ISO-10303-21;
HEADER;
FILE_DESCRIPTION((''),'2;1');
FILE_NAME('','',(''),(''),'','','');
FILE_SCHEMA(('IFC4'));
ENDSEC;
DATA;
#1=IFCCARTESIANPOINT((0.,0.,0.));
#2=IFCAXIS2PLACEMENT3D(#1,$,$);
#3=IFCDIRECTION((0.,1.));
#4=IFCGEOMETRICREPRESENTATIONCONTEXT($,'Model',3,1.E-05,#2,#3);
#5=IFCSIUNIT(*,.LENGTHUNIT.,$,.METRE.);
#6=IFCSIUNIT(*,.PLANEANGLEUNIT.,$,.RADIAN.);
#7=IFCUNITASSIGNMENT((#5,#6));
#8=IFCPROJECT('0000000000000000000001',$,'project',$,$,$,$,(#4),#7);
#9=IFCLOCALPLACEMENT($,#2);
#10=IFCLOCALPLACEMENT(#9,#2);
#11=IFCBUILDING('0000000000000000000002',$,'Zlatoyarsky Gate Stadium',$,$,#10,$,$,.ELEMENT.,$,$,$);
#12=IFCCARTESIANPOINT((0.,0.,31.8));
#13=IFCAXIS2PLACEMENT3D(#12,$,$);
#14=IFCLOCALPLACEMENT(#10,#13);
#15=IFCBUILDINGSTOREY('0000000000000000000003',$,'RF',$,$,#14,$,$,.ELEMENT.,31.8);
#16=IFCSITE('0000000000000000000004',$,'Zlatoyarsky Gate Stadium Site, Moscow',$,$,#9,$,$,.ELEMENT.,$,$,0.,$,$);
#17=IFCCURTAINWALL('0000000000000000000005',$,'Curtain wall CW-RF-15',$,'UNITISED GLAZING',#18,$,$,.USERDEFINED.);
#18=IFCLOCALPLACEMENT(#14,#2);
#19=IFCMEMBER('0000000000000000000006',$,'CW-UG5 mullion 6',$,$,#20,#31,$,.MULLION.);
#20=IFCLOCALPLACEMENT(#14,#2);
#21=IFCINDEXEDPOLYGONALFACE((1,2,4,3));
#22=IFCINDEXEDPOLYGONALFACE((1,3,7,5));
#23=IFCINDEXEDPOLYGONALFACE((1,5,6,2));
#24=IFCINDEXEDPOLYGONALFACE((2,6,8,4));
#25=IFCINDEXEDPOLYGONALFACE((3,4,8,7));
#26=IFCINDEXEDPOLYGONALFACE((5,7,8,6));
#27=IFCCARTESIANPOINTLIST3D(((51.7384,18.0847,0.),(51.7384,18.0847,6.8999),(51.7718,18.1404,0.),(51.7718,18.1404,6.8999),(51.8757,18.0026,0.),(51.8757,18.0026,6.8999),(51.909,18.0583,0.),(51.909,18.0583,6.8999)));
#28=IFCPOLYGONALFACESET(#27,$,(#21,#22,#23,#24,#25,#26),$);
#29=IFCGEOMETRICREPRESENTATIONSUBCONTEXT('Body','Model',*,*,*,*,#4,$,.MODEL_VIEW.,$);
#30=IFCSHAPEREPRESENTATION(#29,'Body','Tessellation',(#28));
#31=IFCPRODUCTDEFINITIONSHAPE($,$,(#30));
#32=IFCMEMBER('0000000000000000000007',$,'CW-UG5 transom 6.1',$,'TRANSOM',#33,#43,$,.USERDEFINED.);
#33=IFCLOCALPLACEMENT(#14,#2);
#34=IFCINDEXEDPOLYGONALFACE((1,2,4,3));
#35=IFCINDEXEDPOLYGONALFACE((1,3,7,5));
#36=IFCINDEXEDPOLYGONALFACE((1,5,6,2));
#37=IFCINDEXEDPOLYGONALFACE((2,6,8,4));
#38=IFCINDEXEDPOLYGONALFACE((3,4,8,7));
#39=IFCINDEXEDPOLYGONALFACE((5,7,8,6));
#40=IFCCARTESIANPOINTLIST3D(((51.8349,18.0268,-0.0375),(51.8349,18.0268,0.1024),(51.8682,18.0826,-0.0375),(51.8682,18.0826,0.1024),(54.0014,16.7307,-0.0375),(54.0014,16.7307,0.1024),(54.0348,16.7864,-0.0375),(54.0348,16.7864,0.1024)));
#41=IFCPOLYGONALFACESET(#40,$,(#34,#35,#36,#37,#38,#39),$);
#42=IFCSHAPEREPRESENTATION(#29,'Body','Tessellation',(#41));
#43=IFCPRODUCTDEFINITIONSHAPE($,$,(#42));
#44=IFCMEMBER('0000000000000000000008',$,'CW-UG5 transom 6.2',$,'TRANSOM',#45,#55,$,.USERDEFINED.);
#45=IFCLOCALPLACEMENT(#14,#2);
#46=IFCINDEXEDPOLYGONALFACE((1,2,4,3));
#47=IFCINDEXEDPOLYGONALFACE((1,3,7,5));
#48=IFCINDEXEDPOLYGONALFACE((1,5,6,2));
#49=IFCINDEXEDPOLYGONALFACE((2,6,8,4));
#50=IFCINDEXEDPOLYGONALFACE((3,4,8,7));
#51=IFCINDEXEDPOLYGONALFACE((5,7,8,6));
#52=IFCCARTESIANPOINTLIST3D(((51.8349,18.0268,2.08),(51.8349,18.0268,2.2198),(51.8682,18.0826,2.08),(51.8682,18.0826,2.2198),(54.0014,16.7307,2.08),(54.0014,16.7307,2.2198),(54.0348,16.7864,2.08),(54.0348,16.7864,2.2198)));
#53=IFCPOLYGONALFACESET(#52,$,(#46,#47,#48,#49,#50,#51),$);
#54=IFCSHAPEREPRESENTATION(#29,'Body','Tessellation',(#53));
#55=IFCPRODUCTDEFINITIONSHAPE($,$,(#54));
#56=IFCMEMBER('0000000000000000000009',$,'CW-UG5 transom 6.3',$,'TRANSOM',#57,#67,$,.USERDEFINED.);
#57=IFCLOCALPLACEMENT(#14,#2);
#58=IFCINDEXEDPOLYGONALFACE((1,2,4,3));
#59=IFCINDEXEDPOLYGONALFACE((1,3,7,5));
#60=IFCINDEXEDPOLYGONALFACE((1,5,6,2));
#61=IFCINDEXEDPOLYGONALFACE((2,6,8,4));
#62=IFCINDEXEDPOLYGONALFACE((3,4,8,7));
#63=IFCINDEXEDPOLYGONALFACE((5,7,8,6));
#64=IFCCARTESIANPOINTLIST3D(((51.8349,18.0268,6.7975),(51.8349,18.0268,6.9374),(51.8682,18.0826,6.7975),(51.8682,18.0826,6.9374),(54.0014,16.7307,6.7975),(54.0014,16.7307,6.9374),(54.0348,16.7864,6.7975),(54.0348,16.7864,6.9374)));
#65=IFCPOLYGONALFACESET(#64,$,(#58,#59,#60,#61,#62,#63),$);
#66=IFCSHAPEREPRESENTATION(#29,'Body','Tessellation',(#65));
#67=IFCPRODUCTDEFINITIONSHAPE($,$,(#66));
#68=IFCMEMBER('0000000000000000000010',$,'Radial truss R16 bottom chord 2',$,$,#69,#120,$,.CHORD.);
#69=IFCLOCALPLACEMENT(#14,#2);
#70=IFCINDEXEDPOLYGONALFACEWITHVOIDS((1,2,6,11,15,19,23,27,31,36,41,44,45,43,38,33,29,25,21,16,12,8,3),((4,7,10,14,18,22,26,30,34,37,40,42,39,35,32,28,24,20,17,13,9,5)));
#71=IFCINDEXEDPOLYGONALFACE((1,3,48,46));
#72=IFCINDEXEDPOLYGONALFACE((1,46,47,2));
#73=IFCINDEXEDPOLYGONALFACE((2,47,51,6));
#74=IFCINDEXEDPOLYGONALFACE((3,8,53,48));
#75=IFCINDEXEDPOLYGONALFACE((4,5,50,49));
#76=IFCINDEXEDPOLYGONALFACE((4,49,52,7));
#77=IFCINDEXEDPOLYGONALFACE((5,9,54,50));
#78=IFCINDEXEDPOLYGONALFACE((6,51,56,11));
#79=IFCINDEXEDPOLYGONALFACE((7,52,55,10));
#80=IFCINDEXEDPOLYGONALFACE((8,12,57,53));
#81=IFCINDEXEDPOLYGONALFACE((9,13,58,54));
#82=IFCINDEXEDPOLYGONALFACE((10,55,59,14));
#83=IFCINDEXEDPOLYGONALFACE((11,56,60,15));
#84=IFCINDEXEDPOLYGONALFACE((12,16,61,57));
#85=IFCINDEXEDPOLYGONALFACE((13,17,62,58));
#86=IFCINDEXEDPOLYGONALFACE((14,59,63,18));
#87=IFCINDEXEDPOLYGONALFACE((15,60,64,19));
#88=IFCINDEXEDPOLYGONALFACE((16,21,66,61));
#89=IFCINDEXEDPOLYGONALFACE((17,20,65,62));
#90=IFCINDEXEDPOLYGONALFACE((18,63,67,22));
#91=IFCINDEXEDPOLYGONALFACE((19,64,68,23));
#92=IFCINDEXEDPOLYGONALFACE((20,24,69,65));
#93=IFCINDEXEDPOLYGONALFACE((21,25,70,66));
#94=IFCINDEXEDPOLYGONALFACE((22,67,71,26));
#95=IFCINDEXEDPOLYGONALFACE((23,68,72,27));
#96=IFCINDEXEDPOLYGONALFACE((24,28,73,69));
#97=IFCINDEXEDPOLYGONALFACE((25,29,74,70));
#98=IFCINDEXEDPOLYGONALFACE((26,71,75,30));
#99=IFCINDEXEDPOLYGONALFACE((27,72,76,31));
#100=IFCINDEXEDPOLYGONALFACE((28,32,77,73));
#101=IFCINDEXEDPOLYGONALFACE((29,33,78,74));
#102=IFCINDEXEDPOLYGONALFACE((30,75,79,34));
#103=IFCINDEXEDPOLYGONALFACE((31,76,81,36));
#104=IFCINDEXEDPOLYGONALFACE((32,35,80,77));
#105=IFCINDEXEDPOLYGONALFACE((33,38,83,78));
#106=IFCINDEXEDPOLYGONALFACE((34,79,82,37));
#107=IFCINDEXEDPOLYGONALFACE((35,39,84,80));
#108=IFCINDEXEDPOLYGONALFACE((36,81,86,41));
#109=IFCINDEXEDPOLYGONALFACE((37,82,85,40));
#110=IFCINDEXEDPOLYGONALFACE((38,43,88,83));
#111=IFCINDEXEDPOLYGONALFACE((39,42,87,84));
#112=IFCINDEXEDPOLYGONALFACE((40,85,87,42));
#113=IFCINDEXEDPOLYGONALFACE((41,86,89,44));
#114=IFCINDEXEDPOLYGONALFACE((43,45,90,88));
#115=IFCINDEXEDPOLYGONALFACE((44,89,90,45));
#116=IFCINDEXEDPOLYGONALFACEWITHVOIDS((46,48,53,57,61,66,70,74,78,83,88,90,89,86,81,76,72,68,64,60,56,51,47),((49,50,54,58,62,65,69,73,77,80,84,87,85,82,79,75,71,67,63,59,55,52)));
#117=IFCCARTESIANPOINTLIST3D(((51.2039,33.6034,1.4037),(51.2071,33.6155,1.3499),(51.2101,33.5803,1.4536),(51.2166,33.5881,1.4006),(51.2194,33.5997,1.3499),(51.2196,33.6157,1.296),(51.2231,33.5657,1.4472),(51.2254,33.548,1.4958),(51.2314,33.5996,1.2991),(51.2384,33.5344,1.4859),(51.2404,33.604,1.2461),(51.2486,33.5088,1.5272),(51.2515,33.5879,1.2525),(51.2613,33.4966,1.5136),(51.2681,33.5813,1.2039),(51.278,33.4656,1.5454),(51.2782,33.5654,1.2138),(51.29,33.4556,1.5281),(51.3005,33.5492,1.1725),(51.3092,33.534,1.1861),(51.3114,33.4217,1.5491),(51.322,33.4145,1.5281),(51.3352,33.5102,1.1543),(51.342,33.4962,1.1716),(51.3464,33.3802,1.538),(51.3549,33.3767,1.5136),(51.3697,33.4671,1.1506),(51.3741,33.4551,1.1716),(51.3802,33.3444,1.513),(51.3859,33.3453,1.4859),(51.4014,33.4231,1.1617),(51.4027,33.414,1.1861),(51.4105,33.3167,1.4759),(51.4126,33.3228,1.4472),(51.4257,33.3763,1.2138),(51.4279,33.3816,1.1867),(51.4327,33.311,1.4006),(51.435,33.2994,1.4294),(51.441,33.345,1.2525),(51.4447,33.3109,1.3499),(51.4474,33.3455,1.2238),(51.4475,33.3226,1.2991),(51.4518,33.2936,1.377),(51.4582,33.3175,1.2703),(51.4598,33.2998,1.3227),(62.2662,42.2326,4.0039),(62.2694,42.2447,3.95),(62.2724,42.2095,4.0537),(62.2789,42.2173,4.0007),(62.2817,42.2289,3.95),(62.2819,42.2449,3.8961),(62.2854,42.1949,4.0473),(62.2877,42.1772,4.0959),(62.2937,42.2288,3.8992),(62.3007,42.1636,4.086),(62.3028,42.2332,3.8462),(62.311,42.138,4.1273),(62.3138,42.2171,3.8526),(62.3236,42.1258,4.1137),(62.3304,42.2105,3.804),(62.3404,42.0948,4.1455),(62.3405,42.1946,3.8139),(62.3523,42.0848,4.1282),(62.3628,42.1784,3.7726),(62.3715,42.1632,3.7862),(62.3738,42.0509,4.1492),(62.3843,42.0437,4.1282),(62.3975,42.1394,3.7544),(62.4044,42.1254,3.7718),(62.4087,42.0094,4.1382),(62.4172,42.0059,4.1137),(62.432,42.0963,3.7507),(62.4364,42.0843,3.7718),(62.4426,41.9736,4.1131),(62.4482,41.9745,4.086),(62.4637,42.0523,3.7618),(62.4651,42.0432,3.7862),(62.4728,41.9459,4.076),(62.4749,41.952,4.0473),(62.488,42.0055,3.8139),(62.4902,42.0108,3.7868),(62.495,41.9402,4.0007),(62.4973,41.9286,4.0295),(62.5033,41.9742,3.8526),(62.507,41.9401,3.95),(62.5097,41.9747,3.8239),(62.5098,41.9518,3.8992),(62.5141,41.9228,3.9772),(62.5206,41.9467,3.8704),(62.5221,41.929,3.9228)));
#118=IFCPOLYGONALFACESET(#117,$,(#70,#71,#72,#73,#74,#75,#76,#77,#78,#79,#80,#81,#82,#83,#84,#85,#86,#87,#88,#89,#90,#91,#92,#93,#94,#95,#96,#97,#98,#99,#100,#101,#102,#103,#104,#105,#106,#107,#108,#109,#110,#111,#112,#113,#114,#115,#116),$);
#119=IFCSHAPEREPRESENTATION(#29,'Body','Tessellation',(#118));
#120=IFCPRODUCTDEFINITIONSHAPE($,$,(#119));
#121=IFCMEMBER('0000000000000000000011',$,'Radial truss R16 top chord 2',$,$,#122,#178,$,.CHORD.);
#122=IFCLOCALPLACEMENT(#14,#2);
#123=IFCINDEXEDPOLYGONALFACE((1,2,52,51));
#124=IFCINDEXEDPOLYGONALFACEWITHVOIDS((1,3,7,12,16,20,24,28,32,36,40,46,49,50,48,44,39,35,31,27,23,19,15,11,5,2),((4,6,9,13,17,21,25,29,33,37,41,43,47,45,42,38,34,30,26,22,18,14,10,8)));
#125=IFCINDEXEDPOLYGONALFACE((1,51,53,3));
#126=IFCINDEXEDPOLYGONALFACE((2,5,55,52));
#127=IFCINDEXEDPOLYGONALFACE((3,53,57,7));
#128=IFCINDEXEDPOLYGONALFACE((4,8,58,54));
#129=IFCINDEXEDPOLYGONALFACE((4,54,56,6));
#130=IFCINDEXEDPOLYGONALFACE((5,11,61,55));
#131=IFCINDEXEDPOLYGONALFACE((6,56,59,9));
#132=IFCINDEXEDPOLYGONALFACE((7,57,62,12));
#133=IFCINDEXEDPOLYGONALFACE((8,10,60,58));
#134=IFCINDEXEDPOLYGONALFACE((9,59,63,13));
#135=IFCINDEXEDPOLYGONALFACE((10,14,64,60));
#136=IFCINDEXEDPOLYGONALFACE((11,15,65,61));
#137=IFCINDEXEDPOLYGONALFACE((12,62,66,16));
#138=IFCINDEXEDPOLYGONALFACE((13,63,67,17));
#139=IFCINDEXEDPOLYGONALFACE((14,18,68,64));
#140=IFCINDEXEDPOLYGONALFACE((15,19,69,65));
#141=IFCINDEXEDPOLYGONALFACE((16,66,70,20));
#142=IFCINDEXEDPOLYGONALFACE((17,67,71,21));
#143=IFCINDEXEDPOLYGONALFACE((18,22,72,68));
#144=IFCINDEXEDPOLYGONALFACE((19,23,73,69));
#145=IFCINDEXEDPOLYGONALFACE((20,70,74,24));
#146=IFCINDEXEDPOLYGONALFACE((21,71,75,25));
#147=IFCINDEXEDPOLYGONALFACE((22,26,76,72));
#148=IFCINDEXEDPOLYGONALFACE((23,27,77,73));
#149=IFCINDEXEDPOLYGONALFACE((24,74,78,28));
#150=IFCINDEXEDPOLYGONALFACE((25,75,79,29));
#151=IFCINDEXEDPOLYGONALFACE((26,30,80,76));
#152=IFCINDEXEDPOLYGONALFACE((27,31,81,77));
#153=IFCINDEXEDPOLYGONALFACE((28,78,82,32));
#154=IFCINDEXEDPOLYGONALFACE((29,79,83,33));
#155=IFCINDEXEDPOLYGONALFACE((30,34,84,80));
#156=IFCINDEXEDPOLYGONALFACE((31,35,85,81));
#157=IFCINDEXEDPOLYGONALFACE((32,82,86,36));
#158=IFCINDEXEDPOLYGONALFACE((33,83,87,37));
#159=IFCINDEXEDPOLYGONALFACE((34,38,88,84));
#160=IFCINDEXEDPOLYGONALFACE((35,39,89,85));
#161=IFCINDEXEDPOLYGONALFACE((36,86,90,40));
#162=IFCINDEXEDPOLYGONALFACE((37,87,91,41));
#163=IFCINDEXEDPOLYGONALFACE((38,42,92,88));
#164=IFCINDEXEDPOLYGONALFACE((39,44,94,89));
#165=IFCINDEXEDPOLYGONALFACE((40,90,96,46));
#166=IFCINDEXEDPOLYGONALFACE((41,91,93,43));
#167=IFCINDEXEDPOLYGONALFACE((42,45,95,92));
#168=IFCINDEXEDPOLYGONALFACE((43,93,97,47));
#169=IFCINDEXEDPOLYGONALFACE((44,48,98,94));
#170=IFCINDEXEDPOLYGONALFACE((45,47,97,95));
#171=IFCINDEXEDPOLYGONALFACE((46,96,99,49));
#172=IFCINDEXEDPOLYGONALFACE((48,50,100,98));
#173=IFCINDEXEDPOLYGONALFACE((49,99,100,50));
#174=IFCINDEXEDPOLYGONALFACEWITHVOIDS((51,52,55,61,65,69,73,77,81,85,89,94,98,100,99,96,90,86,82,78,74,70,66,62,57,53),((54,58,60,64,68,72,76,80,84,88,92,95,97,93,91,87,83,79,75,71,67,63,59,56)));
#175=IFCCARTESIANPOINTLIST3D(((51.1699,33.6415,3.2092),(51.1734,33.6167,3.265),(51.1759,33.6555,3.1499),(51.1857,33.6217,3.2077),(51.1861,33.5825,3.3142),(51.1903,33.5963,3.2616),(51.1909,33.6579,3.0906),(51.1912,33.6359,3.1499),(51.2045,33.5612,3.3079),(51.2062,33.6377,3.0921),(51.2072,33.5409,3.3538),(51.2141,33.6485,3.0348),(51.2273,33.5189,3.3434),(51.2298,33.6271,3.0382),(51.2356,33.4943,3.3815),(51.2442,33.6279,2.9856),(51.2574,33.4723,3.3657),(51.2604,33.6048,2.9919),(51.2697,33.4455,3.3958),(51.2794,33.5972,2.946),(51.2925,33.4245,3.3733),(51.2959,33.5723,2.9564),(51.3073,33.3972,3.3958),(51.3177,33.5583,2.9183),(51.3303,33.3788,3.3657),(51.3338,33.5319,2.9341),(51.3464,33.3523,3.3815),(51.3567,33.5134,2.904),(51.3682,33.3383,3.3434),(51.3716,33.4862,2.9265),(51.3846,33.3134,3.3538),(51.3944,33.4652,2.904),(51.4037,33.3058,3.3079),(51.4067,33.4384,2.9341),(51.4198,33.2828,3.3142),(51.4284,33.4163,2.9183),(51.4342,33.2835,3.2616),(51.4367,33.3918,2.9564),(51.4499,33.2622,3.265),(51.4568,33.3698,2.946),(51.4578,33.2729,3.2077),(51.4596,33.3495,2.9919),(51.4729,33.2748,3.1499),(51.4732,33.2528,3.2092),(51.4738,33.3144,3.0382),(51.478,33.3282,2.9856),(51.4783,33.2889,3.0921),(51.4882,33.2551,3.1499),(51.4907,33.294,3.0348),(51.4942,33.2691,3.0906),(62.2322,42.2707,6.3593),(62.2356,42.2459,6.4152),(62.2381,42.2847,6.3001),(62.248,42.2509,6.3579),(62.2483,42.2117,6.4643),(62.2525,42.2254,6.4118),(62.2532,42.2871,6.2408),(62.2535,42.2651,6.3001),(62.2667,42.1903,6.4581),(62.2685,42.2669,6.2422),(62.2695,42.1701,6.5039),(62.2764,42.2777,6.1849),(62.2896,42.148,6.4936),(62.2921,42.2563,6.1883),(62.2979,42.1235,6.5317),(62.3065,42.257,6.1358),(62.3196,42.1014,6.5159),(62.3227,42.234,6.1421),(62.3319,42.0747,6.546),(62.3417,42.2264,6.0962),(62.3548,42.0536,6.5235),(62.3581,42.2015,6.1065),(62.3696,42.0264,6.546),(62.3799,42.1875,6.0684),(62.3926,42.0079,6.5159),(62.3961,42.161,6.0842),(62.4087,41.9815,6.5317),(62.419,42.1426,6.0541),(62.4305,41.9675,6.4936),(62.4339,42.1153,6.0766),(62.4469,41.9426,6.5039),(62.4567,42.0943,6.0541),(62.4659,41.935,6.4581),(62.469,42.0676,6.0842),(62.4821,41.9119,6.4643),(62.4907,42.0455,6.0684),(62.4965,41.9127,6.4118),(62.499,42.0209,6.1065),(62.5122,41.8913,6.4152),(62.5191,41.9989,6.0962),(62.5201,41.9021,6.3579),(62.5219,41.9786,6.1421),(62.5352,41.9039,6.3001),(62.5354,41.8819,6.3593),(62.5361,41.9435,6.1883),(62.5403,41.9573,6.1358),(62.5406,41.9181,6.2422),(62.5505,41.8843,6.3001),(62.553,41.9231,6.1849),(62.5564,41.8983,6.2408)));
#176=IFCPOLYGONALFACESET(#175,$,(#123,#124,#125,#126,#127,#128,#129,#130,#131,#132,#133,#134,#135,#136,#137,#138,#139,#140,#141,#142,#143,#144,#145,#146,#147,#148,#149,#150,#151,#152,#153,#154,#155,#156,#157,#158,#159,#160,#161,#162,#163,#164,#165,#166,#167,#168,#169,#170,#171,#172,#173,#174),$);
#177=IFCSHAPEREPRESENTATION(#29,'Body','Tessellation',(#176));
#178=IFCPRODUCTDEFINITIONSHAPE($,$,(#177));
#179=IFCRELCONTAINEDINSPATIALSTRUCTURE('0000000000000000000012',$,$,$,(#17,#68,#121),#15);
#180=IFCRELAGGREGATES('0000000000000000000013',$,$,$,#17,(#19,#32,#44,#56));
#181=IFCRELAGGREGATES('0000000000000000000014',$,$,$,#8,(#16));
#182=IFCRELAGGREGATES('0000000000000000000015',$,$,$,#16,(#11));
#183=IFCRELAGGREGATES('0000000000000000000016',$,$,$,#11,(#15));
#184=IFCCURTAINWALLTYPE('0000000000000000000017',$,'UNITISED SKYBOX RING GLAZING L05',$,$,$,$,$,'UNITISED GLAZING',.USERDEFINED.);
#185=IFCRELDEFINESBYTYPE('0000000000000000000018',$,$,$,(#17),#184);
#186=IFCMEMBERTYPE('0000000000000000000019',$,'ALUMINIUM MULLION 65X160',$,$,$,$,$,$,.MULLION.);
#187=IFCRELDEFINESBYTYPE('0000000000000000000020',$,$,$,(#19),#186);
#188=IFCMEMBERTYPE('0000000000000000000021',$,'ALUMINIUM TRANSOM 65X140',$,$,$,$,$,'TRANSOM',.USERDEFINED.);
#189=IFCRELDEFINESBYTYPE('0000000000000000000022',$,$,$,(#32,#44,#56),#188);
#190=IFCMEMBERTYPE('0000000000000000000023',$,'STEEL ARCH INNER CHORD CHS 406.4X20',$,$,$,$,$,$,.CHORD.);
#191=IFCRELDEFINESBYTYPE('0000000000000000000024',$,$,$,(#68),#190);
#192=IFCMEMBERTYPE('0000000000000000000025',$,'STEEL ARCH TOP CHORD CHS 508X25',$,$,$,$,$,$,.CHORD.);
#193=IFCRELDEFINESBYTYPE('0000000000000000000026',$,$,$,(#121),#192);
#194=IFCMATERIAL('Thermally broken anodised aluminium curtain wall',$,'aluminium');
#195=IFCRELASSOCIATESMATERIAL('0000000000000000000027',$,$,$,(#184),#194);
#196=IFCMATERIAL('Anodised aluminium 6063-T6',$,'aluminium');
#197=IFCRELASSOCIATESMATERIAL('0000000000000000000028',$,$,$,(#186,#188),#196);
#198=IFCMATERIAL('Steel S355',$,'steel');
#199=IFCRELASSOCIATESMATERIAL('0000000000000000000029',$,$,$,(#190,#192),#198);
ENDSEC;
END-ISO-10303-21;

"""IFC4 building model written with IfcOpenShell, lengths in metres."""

from ifc_helpers import new_model, si_unit, direction, frame, origin, origin_2d, place, context, subcontext, project, spatial, rectangle, hollow_circle, extrude, material, material_profile, profile_set, type_object, element, aggregate, save


model = new_model("IFC4")

# Units and contexts
model_context = context("Model", 3, precision=1e-05, world=origin(), true_north=direction((0.0, 1.0)))
body_context = subcontext(model_context, "Body", "Model", "MODEL_VIEW")
ifc_project = project(units=[si_unit("LENGTHUNIT", "METRE"), si_unit("PLANEANGLEUNIT", "RADIAN")], contexts=[model_context])

# Site, building, storey
site_placement = place(None, origin())
site = spatial("IfcSite", under=ifc_project, at=site_placement, Name="Zlatoyarsky Gate Stadium Site, Moscow", CompositionType="ELEMENT", RefElevation=0.0)
building_placement = place(site_placement, origin())
building = spatial("IfcBuilding", under=site, at=building_placement, Name="Zlatoyarsky Gate Stadium", CompositionType="ELEMENT")
storey_placement = place(building_placement, frame((0.0, 0.0, 31.8)))
storey = spatial("IfcBuildingStorey", under=building, at=storey_placement, Name="RF", CompositionType="ELEMENT", Elevation=31.8)

# Curtain wall, members
ifc_material_1 = material(Name="Thermally broken anodised aluminium curtain wall", Category="aluminium")
curtain_wall_type = type_object("IfcCurtainWallType", Name="UNITISED SKYBOX RING GLAZING L05", ElementType="UNITISED GLAZING", PredefinedType="USERDEFINED", material=ifc_material_1)
curtain_wall_placement = place(storey_placement, origin())
curtain_wall = element("IfcCurtainWall", 1, at=curtain_wall_placement, inside=storey, type_object=curtain_wall_type, Name="Curtain wall CW-RF-15", ObjectType="UNITISED GLAZING", PredefinedType="USERDEFINED")
ifc_material_2 = material(Name="Anodised aluminium 6063-T6", Category="aluminium")
ifc_material_profile_1 = material_profile(ifc_material_2, rectangle(XDim=0.0649, YDim=0.1599, at=origin_2d()), Name="ALU 65X160")
ifc_profile_set_1 = profile_set([ifc_material_profile_1], Name="Anodised aluminium 6063-T6")
member_type_1 = type_object("IfcMemberType", Name="ALUMINIUM MULLION 65X160", PredefinedType="MULLION", material=ifc_profile_set_1)
member_1_placement = place(storey_placement, frame((51.8237, 18.0715, 0.0), z_axis=(0.0, 0.0, 1.0), x_axis=(0.513436, 0.858128, 0.0)))
member_1 = element("IfcMember", 2, at=member_1_placement, type_object=member_type_1, Name="CW-UG5 mullion 6", PredefinedType="MULLION", context=body_context, shape_type="SweptSolid", body=[
    extrude(rectangle(XDim=0.0649, YDim=0.1599, at=origin_2d()), origin(), (0.0, 0.0, 1.0), 6.8999),
])
ifc_material_profile_2 = material_profile(ifc_material_2, rectangle(XDim=0.0649, YDim=0.1399, at=origin_2d()), Name="ALU 65X140")
ifc_profile_set_2 = profile_set([ifc_material_profile_2], Name="Anodised aluminium 6063-T6")
member_type_2 = type_object("IfcMemberType", Name="ALUMINIUM TRANSOM 65X140", ElementType="TRANSOM", PredefinedType="USERDEFINED", material=ifc_profile_set_2)
member_2_placement = place(storey_placement, frame((51.8516, 18.0547, 0.0325), z_axis=(0.858149, -0.5134, 0.0), x_axis=(0.5134, 0.858149, 0.0)))
member_2 = element("IfcMember", 3, at=member_2_placement, type_object=member_type_2, Name="CW-UG5 transom 6.1", ObjectType="TRANSOM", PredefinedType="USERDEFINED", context=body_context, shape_type="SweptSolid", body=[
    extrude(rectangle(XDim=0.0649, YDim=0.1399, at=origin_2d()), origin(), (0.0, 0.0, 1.0), 2.5247),
])
member_3_placement = place(storey_placement, frame((51.8516, 18.0547, 2.1499), z_axis=(0.858149, -0.5134, 0.0), x_axis=(0.5134, 0.858149, 0.0)))
member_3 = element("IfcMember", 4, at=member_3_placement, type_object=member_type_2, Name="CW-UG5 transom 6.2", ObjectType="TRANSOM", PredefinedType="USERDEFINED", context=body_context, shape_type="SweptSolid", body=[
    extrude(rectangle(XDim=0.0649, YDim=0.1399, at=origin_2d()), origin(), (0.0, 0.0, 1.0), 2.5247),
])
member_4_placement = place(storey_placement, frame((51.8516, 18.0547, 6.8674), z_axis=(0.858149, -0.5134, 0.0), x_axis=(0.5134, 0.858149, 0.0)))
member_4 = element("IfcMember", 5, at=member_4_placement, type_object=member_type_2, Name="CW-UG5 transom 6.3", ObjectType="TRANSOM", PredefinedType="USERDEFINED", context=body_context, shape_type="SweptSolid", body=[
    extrude(rectangle(XDim=0.0649, YDim=0.1399, at=origin_2d()), origin(), (0.0, 0.0, 1.0), 2.5247),
])

# Members
ifc_material_3 = material(Name="Steel S355", Category="steel")
ifc_material_profile_3 = material_profile(ifc_material_3, hollow_circle(Radius=0.2031, WallThickness=0.02, at=origin_2d()), Name="CHS 406.4X20")
ifc_profile_set_3 = profile_set([ifc_material_profile_3], Name="Steel S355")
member_type_3 = type_object("IfcMemberType", Name="STEEL ARCH INNER CHORD CHS 406.4X20", PredefinedType="CHORD", material=ifc_profile_set_3)
member_5_placement = place(storey_placement, frame((51.332, 33.4553, 1.3499), z_axis=(0.77528, 0.60476, 0.182224), x_axis=(-0.615058, 0.788482, 0.0)))
element("IfcMember", 6, at=member_5_placement, inside=storey, type_object=member_type_3, Name="Radial truss R16 bottom chord 2", PredefinedType="CHORD", context=body_context, shape_type="SweptSolid", body=[
    extrude(hollow_circle(Radius=0.2031, WallThickness=0.02, at=origin_2d()), origin(), (0.0, 0.0, 1.0), 14.2688),
])
ifc_material_profile_4 = material_profile(ifc_material_3, hollow_circle(Radius=0.2539, WallThickness=0.0249, at=origin_2d()), Name="CHS 508X25")
ifc_profile_set_4 = profile_set([ifc_material_profile_4], Name="Steel S355")
member_type_4 = type_object("IfcMemberType", Name="STEEL ARCH TOP CHORD CHS 508X25", PredefinedType="CHORD", material=ifc_profile_set_4)
member_6_placement = place(storey_placement, frame((51.332, 33.4553, 3.1499), z_axis=(0.769328, 0.600117, 0.219078), x_axis=(-0.615058, 0.788482, 0.0)))
element("IfcMember", 7, at=member_6_placement, inside=storey, type_object=member_type_4, Name="Radial truss R16 top chord 2", PredefinedType="CHORD", context=body_context, shape_type="SweptSolid", body=[
    extrude(hollow_circle(Radius=0.2539, WallThickness=0.0249, at=origin_2d()), origin(), (0.0, 0.0, 1.0), 14.3792),
])

aggregate(curtain_wall, [member_1, member_2, member_3, member_4])

save(model, "model.ifc")
